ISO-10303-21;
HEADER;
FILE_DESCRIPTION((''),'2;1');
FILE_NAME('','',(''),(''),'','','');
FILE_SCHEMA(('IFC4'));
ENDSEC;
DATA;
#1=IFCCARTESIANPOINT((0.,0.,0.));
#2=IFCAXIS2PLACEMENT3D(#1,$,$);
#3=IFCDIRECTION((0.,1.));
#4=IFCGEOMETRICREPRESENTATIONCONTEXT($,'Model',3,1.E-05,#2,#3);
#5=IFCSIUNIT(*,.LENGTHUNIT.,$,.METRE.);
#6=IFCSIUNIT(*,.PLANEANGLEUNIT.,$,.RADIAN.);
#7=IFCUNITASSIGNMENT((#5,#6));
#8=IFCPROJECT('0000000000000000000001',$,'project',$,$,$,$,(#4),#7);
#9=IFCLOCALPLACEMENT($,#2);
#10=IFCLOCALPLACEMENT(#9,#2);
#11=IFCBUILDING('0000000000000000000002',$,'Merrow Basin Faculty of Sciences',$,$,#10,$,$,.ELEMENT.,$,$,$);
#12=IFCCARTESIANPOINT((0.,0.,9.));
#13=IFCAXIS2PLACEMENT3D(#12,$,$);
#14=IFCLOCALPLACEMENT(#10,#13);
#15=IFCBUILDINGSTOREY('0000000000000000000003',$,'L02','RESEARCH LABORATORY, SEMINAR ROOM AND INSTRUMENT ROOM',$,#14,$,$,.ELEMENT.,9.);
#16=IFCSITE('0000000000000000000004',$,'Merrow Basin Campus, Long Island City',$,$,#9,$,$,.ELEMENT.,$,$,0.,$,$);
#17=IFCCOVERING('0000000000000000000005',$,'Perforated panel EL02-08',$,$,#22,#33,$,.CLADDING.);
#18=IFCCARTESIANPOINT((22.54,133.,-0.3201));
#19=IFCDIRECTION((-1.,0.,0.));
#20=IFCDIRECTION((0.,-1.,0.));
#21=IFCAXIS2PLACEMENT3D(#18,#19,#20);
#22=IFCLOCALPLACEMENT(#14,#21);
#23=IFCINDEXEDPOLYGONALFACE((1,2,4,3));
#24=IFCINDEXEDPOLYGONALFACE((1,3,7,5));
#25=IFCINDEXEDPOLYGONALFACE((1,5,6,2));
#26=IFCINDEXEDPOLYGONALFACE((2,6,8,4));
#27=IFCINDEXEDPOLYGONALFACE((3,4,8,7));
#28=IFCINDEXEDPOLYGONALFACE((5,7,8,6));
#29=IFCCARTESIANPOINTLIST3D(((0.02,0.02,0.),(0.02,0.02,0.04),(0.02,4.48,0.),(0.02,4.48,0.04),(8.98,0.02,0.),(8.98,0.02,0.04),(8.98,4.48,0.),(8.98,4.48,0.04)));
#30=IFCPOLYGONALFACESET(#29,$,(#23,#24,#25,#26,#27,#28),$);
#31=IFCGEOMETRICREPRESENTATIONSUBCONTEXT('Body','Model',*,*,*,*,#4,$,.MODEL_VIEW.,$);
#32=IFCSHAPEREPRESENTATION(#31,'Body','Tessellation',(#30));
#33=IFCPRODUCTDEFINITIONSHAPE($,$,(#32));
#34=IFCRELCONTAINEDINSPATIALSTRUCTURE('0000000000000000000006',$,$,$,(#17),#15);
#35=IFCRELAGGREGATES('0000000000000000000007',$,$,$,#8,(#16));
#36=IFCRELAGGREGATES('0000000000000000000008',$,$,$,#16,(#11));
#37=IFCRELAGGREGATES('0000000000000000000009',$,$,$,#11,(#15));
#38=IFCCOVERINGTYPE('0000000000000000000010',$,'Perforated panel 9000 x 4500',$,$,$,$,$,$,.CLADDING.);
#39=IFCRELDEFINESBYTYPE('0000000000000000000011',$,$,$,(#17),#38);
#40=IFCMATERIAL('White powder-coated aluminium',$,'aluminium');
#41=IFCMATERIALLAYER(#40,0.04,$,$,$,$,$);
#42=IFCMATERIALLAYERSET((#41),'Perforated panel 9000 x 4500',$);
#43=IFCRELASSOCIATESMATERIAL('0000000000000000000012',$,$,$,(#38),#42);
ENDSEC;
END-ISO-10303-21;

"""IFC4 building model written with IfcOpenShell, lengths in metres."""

from ifc_helpers import new_model, si_unit, direction, frame, origin, place, context, subcontext, project, spatial, polyline, outline, extrude, source, transform, mapped, material, layer, layer_set, type_object, element, save


model = new_model("IFC4")

# Units and contexts
model_context = context("Model", 3, precision=1e-05, world=origin(), true_north=direction((0.0, 1.0)))
body_context = subcontext(model_context, "Body", "Model", "MODEL_VIEW")
ifc_project = project(units=[si_unit("LENGTHUNIT", "METRE"), si_unit("PLANEANGLEUNIT", "RADIAN")], contexts=[model_context])

# Site, building, storey
site_placement = place(None, origin())
site = spatial("IfcSite", under=ifc_project, at=site_placement, Name="Merrow Basin Campus, Long Island City", CompositionType="ELEMENT", RefElevation=0.0)
building_placement = place(site_placement, origin())
building = spatial("IfcBuilding", under=site, at=building_placement, Name="Merrow Basin Faculty of Sciences", CompositionType="ELEMENT")
storey_placement = place(building_placement, frame((0.0, 0.0, 9.0)))
storey = spatial("IfcBuildingStorey", under=building, at=storey_placement, Name="L02", Description="RESEARCH LABORATORY, SEMINAR ROOM AND INSTRUMENT ROOM", CompositionType="ELEMENT", Elevation=9.0)

# Covering
ifc_material_1 = material(Name="White powder-coated aluminium", Category="aluminium")
ifc_layer_1 = layer(ifc_material_1, 0.04)
ifc_layer_set_1 = layer_set([ifc_layer_1], Name="Perforated panel 9000 x 4500")
covering_type = type_object("IfcCoveringType", Name="Perforated panel 9000 x 4500", PredefinedType="CLADDING", material=ifc_layer_set_1)
shared_shape_1 = source(origin(), body_context, "Body", "SweptSolid", [
    extrude(outline(polyline([(0.02, 0.02), (8.98, 0.02), (8.98, 4.48), (0.02, 4.48), (0.02, 0.02)])), origin(), (0.0, 0.0, 1.0), 0.04),
])
covering_placement = place(storey_placement, frame((22.54, 133.0, -0.3201), z_axis=(-1.0, 0.0, 0.0), x_axis=(0.0, -1.0, 0.0)))
element("IfcCovering", 1, at=covering_placement, inside=storey, type_object=covering_type, Name="Perforated panel EL02-08", PredefinedType="CLADDING", context=body_context, shape_type="MappedRepresentation", body=[
    mapped(shared_shape_1, transform((0.0, 0.0, 0.0), scale=1.0)),
])

save(model, "model.ifc")
